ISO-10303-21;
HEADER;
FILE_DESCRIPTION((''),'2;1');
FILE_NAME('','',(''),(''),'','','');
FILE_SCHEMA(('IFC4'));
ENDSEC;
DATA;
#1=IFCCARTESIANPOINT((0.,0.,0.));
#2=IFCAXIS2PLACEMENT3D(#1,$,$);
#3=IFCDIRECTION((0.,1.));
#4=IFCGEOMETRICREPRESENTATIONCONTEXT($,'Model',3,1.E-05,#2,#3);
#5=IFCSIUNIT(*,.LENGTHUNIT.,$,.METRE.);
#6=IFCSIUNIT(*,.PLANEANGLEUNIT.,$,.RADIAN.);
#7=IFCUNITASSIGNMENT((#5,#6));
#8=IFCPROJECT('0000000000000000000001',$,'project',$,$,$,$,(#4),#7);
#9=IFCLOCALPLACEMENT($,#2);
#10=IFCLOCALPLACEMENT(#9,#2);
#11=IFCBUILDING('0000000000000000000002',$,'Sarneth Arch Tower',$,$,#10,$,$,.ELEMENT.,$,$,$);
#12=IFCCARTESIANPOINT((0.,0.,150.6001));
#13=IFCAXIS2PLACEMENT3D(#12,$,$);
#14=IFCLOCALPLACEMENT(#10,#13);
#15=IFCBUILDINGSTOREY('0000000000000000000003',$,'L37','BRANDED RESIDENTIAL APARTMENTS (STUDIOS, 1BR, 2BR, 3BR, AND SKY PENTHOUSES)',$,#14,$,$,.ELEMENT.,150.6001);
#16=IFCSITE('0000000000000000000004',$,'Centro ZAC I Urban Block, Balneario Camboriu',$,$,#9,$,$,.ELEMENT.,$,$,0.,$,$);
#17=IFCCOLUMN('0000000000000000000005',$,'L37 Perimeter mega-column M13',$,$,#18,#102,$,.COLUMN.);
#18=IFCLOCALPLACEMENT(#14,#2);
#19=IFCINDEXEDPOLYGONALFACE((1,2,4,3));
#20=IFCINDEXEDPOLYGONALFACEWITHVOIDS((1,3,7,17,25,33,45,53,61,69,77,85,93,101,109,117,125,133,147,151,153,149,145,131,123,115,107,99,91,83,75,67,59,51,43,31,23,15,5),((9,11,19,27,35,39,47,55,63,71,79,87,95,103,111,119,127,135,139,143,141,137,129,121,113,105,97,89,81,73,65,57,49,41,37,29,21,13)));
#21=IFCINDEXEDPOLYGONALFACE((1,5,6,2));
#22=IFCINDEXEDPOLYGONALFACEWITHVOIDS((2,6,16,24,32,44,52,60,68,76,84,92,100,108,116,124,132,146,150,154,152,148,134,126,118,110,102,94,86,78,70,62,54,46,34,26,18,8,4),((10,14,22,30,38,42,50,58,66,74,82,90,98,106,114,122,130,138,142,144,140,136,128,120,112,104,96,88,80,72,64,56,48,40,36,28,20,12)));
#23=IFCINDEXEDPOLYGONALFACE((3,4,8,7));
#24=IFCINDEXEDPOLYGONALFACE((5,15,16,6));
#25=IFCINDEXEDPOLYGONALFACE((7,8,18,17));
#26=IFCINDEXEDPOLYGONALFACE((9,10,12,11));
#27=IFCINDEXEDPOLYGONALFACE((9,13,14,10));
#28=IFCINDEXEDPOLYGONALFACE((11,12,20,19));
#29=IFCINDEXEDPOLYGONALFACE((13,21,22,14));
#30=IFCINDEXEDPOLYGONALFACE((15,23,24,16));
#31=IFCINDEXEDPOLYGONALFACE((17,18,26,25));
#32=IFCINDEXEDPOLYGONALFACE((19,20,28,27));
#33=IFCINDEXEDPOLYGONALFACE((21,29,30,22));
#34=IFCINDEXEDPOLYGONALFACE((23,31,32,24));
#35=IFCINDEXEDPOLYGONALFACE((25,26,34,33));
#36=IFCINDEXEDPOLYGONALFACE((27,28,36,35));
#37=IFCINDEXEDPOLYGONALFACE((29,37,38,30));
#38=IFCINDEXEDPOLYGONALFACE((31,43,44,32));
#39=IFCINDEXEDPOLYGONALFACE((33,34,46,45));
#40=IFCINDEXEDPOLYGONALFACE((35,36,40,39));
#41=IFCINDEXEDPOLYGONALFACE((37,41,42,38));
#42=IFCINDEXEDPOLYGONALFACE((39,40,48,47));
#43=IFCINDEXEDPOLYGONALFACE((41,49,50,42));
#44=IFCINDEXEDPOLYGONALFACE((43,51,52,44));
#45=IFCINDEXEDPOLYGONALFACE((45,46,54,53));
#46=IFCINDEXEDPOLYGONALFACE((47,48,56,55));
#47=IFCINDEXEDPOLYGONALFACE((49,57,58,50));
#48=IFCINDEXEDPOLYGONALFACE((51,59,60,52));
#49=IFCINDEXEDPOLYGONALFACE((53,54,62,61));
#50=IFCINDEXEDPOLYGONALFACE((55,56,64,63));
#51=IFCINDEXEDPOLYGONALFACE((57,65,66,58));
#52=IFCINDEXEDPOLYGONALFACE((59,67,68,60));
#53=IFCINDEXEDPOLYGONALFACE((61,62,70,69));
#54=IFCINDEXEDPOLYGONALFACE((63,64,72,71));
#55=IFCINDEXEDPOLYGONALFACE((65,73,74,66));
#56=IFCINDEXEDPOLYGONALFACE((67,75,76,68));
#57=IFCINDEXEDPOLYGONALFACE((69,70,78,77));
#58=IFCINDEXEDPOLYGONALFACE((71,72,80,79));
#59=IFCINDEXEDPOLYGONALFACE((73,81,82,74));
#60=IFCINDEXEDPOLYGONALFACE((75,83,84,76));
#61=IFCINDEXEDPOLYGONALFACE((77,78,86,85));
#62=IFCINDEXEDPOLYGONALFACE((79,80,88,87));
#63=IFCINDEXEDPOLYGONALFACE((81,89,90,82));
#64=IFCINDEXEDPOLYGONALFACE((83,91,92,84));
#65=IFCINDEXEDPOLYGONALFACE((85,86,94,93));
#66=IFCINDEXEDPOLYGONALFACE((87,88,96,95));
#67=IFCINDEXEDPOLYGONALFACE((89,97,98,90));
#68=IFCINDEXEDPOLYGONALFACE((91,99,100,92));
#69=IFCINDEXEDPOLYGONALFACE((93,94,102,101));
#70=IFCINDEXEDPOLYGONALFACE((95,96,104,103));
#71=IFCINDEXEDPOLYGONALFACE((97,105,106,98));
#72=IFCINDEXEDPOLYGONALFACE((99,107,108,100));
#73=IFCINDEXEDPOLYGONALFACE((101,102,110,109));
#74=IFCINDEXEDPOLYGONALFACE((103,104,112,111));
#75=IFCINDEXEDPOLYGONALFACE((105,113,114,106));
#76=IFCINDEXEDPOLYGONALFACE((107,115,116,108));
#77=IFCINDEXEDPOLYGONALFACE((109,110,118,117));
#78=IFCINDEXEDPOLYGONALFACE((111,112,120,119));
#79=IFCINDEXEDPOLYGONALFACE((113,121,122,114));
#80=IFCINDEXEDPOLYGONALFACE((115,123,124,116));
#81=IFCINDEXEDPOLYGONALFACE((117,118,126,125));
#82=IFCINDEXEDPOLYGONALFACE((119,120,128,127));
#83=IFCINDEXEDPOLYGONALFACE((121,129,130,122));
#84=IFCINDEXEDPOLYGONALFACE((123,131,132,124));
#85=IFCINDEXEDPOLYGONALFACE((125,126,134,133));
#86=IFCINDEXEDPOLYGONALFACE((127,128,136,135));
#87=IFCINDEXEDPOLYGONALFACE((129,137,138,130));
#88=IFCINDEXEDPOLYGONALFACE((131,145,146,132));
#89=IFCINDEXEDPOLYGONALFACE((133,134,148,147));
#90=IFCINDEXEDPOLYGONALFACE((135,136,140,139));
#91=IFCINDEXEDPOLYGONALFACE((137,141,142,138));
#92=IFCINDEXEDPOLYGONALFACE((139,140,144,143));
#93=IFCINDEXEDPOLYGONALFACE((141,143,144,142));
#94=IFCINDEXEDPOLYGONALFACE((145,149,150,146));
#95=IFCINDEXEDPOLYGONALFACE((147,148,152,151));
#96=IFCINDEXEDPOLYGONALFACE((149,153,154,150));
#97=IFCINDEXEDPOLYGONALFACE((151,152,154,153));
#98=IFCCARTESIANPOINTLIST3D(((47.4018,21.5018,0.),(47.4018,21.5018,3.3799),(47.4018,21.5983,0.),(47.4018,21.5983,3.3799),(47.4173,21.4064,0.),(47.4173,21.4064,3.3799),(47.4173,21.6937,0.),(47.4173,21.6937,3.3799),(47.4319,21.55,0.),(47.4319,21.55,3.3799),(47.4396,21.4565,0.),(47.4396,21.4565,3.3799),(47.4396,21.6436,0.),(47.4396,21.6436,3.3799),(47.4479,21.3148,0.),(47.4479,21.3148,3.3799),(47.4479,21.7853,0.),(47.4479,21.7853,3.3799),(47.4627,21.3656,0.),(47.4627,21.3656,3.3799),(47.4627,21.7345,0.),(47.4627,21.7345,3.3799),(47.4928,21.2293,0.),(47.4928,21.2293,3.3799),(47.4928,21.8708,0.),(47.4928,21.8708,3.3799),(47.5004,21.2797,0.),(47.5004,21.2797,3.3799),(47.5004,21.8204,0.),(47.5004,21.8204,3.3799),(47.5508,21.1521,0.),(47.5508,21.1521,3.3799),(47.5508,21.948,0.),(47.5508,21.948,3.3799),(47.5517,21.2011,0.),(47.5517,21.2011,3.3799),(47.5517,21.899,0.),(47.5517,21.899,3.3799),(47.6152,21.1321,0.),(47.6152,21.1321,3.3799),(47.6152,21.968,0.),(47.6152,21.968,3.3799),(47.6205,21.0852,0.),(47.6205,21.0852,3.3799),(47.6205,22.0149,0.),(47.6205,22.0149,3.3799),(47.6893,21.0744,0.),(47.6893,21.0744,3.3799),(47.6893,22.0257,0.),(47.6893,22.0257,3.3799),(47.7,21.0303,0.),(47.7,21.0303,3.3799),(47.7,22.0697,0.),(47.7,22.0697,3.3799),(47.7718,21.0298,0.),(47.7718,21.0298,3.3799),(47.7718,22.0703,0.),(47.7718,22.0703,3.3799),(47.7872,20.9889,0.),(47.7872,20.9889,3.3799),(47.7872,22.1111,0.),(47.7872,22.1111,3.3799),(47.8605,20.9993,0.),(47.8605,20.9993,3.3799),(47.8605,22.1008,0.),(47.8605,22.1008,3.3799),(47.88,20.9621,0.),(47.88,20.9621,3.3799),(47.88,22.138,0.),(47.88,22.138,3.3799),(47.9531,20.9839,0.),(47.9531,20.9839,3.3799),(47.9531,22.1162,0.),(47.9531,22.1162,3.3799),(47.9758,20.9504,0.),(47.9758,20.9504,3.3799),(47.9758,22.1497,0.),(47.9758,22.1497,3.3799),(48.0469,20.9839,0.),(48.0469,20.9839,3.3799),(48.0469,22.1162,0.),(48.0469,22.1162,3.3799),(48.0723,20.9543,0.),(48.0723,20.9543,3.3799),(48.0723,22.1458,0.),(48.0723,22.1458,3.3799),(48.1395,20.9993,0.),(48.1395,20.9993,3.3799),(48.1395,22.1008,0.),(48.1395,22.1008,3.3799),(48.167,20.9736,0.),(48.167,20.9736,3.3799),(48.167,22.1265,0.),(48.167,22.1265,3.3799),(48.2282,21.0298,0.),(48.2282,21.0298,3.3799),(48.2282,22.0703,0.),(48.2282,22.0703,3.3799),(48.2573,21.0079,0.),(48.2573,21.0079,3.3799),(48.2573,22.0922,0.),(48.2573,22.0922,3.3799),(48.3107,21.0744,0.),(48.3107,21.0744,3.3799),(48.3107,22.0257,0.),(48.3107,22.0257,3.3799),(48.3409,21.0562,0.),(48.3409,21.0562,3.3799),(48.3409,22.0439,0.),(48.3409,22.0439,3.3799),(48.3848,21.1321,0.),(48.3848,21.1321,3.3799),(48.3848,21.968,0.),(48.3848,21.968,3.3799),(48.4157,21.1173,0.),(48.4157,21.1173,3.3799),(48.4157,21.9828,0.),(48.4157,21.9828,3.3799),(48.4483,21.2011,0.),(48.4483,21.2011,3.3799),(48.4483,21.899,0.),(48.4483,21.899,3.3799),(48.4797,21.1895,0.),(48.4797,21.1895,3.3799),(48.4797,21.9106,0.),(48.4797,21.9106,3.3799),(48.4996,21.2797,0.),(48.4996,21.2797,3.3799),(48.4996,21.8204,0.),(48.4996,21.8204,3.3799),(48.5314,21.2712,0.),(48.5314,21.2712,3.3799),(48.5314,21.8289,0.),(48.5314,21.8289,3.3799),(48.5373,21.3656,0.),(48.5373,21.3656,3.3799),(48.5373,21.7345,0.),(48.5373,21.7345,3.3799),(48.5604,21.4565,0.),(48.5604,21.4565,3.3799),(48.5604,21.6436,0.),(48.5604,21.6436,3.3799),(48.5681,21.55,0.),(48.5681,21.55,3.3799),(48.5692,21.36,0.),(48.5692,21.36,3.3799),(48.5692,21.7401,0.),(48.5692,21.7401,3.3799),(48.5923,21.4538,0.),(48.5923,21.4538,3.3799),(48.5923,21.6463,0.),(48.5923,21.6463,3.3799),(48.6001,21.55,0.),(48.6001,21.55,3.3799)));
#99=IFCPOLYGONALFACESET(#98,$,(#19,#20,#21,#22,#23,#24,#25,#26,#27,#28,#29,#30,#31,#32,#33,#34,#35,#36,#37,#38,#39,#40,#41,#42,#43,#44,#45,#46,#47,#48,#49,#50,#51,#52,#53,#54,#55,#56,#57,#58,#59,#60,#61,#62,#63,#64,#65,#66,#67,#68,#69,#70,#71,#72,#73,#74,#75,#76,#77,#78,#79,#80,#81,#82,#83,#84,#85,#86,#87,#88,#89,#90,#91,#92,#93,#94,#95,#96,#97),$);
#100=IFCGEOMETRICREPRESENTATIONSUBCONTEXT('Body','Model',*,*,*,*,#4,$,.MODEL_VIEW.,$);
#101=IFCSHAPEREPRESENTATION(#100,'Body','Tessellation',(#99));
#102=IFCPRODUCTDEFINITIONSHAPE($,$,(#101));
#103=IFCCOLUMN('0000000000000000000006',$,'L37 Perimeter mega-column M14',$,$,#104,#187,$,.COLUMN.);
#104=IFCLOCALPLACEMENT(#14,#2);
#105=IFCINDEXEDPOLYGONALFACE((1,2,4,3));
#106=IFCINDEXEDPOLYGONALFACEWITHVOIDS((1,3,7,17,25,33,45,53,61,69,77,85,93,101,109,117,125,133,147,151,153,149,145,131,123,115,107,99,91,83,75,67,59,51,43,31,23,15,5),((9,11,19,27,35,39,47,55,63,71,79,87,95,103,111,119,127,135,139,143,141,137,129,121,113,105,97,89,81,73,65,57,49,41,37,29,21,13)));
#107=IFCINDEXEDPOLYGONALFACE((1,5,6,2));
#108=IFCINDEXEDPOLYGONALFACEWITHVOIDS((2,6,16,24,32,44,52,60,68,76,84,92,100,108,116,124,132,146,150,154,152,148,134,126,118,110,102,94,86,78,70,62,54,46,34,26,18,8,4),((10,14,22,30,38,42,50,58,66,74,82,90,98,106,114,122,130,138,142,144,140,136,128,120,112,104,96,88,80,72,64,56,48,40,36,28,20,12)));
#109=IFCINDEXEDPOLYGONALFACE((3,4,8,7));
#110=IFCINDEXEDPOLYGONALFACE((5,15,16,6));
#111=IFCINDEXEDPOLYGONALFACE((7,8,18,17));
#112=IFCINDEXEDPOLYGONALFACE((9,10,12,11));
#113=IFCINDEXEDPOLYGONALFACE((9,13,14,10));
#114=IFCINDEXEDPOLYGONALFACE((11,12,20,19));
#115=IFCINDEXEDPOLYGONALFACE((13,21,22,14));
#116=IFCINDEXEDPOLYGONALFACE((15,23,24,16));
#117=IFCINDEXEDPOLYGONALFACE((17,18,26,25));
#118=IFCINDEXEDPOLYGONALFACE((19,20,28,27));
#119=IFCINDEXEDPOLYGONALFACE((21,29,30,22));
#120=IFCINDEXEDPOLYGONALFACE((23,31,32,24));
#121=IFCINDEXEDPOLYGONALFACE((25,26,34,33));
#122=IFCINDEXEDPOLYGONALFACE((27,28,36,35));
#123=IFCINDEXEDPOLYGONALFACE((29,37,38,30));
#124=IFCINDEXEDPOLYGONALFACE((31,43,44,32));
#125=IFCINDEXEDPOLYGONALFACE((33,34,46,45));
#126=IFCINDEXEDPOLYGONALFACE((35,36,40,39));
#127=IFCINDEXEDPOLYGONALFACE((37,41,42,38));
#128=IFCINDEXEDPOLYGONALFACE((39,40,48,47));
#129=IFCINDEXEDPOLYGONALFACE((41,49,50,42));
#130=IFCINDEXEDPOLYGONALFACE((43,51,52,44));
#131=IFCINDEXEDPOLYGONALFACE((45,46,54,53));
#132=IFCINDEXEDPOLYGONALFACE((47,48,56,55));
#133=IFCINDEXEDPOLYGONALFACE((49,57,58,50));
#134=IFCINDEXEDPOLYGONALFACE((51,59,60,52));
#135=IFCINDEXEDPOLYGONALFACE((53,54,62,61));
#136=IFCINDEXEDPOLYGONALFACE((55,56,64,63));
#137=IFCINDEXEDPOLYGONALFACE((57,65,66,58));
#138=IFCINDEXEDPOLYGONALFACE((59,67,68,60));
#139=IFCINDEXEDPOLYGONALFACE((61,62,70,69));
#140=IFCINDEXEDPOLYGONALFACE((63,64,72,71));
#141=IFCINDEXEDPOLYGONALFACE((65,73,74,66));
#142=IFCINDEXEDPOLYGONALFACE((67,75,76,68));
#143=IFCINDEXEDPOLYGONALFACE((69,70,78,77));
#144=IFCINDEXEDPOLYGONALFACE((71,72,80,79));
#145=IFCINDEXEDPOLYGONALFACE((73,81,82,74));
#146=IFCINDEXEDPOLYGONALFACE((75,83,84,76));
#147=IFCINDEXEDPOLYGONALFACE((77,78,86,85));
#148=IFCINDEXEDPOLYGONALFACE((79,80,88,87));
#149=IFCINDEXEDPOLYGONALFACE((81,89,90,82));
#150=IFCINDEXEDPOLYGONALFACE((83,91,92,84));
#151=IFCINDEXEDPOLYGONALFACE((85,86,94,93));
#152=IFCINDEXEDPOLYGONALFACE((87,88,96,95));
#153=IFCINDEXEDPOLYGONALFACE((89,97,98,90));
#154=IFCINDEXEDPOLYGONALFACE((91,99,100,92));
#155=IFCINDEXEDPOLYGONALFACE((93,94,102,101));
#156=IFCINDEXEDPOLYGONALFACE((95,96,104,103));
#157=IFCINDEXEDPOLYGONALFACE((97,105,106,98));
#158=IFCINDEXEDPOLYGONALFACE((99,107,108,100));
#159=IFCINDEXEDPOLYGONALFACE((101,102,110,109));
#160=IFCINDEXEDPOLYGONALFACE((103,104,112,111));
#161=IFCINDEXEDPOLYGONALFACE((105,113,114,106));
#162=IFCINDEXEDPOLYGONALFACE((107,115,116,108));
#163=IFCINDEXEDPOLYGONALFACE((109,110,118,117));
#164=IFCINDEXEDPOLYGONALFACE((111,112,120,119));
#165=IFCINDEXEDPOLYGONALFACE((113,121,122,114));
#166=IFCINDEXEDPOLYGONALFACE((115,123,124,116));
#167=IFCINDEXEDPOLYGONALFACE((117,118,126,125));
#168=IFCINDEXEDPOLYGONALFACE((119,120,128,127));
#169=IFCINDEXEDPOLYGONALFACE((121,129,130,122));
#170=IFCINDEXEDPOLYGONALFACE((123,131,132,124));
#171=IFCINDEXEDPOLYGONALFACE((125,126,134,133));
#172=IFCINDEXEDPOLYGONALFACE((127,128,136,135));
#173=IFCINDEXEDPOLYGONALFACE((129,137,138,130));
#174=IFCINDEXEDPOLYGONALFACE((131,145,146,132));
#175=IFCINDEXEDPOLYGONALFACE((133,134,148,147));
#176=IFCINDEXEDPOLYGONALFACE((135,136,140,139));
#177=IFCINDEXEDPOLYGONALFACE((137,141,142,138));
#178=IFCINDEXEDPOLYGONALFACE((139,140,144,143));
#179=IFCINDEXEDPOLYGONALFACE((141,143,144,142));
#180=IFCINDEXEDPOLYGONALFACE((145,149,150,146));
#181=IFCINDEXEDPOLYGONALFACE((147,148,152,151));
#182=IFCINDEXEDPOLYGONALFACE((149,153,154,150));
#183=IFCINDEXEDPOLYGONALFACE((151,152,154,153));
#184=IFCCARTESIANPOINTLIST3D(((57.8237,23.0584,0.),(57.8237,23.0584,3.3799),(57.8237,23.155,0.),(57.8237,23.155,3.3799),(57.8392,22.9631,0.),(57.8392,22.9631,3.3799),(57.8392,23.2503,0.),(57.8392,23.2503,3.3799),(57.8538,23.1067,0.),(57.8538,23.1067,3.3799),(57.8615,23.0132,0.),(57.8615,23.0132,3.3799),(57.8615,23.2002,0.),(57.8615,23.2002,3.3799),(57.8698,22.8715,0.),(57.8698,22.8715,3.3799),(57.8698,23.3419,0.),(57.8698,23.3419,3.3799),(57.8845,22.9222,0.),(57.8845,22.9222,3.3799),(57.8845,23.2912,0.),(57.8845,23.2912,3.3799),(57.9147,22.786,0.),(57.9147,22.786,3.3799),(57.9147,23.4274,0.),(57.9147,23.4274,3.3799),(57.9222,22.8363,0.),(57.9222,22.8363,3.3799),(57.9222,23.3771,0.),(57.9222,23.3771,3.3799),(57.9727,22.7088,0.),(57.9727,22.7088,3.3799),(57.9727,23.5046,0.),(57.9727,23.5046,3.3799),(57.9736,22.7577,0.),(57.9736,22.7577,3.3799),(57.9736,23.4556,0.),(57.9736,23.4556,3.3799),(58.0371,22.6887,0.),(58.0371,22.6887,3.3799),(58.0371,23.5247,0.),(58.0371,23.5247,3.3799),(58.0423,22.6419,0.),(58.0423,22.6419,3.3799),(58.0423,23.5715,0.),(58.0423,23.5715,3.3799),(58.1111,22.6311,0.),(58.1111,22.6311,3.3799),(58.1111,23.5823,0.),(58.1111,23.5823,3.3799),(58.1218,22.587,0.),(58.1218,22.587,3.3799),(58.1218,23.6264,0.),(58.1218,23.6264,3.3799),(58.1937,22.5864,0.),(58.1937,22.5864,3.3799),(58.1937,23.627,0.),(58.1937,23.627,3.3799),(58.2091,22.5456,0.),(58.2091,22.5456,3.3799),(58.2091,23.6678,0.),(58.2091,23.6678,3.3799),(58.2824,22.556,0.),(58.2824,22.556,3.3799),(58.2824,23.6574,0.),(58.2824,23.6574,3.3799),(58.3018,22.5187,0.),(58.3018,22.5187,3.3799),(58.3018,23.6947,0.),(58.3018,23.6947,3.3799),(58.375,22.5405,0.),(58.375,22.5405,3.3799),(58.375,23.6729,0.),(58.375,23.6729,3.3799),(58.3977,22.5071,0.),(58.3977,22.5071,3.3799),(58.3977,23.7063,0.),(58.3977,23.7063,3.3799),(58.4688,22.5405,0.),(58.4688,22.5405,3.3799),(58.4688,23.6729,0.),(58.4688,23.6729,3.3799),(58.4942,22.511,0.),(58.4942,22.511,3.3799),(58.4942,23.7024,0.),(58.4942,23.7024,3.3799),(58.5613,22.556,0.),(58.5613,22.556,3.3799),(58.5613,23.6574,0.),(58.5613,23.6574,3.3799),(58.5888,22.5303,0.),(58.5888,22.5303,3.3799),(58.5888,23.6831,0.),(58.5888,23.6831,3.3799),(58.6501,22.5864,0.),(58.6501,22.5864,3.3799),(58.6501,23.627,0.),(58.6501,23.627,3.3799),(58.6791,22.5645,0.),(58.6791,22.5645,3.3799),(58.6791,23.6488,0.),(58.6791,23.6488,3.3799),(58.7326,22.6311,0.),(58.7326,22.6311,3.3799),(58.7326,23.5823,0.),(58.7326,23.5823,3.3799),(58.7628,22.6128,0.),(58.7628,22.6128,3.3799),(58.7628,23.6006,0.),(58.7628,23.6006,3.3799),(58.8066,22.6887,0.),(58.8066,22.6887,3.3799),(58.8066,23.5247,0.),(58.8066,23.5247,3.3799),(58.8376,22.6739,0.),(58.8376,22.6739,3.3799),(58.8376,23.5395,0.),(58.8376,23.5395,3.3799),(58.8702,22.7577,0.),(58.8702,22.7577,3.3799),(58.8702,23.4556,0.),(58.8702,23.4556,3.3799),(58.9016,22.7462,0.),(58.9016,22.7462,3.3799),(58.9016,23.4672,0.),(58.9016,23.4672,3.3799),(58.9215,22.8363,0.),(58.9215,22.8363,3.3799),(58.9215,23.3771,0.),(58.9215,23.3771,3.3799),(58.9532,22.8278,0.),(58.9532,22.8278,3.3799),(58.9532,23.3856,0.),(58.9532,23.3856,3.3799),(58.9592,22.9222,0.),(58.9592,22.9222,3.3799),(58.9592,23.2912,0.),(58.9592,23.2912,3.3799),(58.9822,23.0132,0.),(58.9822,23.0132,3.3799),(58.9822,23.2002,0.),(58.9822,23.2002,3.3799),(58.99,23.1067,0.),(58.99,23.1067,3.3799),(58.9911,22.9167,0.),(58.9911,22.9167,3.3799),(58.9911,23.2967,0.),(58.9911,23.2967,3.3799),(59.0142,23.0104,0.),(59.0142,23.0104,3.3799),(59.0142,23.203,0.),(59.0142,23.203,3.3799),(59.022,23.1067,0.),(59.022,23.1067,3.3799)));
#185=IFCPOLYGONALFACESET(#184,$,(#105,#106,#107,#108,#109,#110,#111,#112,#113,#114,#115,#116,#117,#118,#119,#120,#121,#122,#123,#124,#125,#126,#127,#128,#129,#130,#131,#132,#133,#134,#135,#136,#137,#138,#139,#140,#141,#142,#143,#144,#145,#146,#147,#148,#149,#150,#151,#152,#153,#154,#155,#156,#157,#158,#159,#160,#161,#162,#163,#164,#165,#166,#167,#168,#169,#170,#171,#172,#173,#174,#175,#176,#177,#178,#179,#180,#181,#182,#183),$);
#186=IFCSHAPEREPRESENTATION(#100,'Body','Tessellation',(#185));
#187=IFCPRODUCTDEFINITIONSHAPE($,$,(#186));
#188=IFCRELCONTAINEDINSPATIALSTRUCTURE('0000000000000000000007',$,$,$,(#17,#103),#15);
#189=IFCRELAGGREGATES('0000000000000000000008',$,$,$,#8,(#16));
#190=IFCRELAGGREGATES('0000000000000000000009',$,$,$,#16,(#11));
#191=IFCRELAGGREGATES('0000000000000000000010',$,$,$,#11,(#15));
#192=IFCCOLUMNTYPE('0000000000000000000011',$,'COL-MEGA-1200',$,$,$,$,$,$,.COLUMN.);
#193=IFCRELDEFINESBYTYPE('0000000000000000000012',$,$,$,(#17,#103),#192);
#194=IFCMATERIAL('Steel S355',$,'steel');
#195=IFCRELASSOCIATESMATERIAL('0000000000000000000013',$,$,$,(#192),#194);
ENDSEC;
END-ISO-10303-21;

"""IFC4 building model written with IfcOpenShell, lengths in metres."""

from ifc_helpers import new_model, si_unit, direction, frame, origin, origin_2d, place, context, subcontext, project, spatial, hollow_circle, extrude, material, material_profile, profile_set, type_object, element, save


model = new_model("IFC4")

# Units and contexts
model_context = context("Model", 3, precision=1e-05, world=origin(), true_north=direction((0.0, 1.0)))
body_context = subcontext(model_context, "Body", "Model", "MODEL_VIEW")
ifc_project = project(units=[si_unit("LENGTHUNIT", "METRE"), si_unit("PLANEANGLEUNIT", "RADIAN")], contexts=[model_context])

# Site, building, storey
site_placement = place(None, origin())
site = spatial("IfcSite", under=ifc_project, at=site_placement, Name="Centro ZAC I Urban Block, Balneario Camboriu", CompositionType="ELEMENT", RefElevation=0.0)
building_placement = place(site_placement, origin())
building = spatial("IfcBuilding", under=site, at=building_placement, Name="Sarneth Arch Tower", CompositionType="ELEMENT")
storey_placement = place(building_placement, frame((0.0, 0.0, 150.6001)))
storey = spatial("IfcBuildingStorey", under=building, at=storey_placement, Name="L37", Description="BRANDED RESIDENTIAL APARTMENTS (STUDIOS, 1BR, 2BR, 3BR, AND SKY PENTHOUSES)", CompositionType="ELEMENT", Elevation=150.6001)

# Columns
ifc_material_1 = material(Name="Steel S355", Category="steel")
ifc_material_profile_1 = material_profile(ifc_material_1, hollow_circle(Radius=0.6001, WallThickness=0.032, at=origin_2d()), Name="CHS1200x32")
ifc_profile_set_1 = profile_set([ifc_material_profile_1], Name="Steel S355")
column_type = type_object("IfcColumnType", Name="COL-MEGA-1200", PredefinedType="COLUMN", material=ifc_profile_set_1)
for number, where, z_axis, x_axis, name in (
    (1, (48.0, 21.55, 0.0), (0.0, 0.0, 1.0), (1.0, 0.0, 0.0), "L37 Perimeter mega-column M13"),
    (2, (58.4219, 23.1067, 0.0), (0.0, 0.0, 1.0), (1.0, 0.0, 0.0), "L37 Perimeter mega-column M14"),
):
    element("IfcColumn", number, at=place(storey_placement, frame(where, z_axis=z_axis, x_axis=x_axis)), inside=storey, type_object=column_type, Name=name, PredefinedType="COLUMN", context=body_context, shape_type="SweptSolid", body=[
        extrude(hollow_circle(Radius=0.6001, WallThickness=0.032, at=origin_2d()), origin(), (0.0, 0.0, 1.0), 3.3799),
    ])

save(model, "model.ifc")
